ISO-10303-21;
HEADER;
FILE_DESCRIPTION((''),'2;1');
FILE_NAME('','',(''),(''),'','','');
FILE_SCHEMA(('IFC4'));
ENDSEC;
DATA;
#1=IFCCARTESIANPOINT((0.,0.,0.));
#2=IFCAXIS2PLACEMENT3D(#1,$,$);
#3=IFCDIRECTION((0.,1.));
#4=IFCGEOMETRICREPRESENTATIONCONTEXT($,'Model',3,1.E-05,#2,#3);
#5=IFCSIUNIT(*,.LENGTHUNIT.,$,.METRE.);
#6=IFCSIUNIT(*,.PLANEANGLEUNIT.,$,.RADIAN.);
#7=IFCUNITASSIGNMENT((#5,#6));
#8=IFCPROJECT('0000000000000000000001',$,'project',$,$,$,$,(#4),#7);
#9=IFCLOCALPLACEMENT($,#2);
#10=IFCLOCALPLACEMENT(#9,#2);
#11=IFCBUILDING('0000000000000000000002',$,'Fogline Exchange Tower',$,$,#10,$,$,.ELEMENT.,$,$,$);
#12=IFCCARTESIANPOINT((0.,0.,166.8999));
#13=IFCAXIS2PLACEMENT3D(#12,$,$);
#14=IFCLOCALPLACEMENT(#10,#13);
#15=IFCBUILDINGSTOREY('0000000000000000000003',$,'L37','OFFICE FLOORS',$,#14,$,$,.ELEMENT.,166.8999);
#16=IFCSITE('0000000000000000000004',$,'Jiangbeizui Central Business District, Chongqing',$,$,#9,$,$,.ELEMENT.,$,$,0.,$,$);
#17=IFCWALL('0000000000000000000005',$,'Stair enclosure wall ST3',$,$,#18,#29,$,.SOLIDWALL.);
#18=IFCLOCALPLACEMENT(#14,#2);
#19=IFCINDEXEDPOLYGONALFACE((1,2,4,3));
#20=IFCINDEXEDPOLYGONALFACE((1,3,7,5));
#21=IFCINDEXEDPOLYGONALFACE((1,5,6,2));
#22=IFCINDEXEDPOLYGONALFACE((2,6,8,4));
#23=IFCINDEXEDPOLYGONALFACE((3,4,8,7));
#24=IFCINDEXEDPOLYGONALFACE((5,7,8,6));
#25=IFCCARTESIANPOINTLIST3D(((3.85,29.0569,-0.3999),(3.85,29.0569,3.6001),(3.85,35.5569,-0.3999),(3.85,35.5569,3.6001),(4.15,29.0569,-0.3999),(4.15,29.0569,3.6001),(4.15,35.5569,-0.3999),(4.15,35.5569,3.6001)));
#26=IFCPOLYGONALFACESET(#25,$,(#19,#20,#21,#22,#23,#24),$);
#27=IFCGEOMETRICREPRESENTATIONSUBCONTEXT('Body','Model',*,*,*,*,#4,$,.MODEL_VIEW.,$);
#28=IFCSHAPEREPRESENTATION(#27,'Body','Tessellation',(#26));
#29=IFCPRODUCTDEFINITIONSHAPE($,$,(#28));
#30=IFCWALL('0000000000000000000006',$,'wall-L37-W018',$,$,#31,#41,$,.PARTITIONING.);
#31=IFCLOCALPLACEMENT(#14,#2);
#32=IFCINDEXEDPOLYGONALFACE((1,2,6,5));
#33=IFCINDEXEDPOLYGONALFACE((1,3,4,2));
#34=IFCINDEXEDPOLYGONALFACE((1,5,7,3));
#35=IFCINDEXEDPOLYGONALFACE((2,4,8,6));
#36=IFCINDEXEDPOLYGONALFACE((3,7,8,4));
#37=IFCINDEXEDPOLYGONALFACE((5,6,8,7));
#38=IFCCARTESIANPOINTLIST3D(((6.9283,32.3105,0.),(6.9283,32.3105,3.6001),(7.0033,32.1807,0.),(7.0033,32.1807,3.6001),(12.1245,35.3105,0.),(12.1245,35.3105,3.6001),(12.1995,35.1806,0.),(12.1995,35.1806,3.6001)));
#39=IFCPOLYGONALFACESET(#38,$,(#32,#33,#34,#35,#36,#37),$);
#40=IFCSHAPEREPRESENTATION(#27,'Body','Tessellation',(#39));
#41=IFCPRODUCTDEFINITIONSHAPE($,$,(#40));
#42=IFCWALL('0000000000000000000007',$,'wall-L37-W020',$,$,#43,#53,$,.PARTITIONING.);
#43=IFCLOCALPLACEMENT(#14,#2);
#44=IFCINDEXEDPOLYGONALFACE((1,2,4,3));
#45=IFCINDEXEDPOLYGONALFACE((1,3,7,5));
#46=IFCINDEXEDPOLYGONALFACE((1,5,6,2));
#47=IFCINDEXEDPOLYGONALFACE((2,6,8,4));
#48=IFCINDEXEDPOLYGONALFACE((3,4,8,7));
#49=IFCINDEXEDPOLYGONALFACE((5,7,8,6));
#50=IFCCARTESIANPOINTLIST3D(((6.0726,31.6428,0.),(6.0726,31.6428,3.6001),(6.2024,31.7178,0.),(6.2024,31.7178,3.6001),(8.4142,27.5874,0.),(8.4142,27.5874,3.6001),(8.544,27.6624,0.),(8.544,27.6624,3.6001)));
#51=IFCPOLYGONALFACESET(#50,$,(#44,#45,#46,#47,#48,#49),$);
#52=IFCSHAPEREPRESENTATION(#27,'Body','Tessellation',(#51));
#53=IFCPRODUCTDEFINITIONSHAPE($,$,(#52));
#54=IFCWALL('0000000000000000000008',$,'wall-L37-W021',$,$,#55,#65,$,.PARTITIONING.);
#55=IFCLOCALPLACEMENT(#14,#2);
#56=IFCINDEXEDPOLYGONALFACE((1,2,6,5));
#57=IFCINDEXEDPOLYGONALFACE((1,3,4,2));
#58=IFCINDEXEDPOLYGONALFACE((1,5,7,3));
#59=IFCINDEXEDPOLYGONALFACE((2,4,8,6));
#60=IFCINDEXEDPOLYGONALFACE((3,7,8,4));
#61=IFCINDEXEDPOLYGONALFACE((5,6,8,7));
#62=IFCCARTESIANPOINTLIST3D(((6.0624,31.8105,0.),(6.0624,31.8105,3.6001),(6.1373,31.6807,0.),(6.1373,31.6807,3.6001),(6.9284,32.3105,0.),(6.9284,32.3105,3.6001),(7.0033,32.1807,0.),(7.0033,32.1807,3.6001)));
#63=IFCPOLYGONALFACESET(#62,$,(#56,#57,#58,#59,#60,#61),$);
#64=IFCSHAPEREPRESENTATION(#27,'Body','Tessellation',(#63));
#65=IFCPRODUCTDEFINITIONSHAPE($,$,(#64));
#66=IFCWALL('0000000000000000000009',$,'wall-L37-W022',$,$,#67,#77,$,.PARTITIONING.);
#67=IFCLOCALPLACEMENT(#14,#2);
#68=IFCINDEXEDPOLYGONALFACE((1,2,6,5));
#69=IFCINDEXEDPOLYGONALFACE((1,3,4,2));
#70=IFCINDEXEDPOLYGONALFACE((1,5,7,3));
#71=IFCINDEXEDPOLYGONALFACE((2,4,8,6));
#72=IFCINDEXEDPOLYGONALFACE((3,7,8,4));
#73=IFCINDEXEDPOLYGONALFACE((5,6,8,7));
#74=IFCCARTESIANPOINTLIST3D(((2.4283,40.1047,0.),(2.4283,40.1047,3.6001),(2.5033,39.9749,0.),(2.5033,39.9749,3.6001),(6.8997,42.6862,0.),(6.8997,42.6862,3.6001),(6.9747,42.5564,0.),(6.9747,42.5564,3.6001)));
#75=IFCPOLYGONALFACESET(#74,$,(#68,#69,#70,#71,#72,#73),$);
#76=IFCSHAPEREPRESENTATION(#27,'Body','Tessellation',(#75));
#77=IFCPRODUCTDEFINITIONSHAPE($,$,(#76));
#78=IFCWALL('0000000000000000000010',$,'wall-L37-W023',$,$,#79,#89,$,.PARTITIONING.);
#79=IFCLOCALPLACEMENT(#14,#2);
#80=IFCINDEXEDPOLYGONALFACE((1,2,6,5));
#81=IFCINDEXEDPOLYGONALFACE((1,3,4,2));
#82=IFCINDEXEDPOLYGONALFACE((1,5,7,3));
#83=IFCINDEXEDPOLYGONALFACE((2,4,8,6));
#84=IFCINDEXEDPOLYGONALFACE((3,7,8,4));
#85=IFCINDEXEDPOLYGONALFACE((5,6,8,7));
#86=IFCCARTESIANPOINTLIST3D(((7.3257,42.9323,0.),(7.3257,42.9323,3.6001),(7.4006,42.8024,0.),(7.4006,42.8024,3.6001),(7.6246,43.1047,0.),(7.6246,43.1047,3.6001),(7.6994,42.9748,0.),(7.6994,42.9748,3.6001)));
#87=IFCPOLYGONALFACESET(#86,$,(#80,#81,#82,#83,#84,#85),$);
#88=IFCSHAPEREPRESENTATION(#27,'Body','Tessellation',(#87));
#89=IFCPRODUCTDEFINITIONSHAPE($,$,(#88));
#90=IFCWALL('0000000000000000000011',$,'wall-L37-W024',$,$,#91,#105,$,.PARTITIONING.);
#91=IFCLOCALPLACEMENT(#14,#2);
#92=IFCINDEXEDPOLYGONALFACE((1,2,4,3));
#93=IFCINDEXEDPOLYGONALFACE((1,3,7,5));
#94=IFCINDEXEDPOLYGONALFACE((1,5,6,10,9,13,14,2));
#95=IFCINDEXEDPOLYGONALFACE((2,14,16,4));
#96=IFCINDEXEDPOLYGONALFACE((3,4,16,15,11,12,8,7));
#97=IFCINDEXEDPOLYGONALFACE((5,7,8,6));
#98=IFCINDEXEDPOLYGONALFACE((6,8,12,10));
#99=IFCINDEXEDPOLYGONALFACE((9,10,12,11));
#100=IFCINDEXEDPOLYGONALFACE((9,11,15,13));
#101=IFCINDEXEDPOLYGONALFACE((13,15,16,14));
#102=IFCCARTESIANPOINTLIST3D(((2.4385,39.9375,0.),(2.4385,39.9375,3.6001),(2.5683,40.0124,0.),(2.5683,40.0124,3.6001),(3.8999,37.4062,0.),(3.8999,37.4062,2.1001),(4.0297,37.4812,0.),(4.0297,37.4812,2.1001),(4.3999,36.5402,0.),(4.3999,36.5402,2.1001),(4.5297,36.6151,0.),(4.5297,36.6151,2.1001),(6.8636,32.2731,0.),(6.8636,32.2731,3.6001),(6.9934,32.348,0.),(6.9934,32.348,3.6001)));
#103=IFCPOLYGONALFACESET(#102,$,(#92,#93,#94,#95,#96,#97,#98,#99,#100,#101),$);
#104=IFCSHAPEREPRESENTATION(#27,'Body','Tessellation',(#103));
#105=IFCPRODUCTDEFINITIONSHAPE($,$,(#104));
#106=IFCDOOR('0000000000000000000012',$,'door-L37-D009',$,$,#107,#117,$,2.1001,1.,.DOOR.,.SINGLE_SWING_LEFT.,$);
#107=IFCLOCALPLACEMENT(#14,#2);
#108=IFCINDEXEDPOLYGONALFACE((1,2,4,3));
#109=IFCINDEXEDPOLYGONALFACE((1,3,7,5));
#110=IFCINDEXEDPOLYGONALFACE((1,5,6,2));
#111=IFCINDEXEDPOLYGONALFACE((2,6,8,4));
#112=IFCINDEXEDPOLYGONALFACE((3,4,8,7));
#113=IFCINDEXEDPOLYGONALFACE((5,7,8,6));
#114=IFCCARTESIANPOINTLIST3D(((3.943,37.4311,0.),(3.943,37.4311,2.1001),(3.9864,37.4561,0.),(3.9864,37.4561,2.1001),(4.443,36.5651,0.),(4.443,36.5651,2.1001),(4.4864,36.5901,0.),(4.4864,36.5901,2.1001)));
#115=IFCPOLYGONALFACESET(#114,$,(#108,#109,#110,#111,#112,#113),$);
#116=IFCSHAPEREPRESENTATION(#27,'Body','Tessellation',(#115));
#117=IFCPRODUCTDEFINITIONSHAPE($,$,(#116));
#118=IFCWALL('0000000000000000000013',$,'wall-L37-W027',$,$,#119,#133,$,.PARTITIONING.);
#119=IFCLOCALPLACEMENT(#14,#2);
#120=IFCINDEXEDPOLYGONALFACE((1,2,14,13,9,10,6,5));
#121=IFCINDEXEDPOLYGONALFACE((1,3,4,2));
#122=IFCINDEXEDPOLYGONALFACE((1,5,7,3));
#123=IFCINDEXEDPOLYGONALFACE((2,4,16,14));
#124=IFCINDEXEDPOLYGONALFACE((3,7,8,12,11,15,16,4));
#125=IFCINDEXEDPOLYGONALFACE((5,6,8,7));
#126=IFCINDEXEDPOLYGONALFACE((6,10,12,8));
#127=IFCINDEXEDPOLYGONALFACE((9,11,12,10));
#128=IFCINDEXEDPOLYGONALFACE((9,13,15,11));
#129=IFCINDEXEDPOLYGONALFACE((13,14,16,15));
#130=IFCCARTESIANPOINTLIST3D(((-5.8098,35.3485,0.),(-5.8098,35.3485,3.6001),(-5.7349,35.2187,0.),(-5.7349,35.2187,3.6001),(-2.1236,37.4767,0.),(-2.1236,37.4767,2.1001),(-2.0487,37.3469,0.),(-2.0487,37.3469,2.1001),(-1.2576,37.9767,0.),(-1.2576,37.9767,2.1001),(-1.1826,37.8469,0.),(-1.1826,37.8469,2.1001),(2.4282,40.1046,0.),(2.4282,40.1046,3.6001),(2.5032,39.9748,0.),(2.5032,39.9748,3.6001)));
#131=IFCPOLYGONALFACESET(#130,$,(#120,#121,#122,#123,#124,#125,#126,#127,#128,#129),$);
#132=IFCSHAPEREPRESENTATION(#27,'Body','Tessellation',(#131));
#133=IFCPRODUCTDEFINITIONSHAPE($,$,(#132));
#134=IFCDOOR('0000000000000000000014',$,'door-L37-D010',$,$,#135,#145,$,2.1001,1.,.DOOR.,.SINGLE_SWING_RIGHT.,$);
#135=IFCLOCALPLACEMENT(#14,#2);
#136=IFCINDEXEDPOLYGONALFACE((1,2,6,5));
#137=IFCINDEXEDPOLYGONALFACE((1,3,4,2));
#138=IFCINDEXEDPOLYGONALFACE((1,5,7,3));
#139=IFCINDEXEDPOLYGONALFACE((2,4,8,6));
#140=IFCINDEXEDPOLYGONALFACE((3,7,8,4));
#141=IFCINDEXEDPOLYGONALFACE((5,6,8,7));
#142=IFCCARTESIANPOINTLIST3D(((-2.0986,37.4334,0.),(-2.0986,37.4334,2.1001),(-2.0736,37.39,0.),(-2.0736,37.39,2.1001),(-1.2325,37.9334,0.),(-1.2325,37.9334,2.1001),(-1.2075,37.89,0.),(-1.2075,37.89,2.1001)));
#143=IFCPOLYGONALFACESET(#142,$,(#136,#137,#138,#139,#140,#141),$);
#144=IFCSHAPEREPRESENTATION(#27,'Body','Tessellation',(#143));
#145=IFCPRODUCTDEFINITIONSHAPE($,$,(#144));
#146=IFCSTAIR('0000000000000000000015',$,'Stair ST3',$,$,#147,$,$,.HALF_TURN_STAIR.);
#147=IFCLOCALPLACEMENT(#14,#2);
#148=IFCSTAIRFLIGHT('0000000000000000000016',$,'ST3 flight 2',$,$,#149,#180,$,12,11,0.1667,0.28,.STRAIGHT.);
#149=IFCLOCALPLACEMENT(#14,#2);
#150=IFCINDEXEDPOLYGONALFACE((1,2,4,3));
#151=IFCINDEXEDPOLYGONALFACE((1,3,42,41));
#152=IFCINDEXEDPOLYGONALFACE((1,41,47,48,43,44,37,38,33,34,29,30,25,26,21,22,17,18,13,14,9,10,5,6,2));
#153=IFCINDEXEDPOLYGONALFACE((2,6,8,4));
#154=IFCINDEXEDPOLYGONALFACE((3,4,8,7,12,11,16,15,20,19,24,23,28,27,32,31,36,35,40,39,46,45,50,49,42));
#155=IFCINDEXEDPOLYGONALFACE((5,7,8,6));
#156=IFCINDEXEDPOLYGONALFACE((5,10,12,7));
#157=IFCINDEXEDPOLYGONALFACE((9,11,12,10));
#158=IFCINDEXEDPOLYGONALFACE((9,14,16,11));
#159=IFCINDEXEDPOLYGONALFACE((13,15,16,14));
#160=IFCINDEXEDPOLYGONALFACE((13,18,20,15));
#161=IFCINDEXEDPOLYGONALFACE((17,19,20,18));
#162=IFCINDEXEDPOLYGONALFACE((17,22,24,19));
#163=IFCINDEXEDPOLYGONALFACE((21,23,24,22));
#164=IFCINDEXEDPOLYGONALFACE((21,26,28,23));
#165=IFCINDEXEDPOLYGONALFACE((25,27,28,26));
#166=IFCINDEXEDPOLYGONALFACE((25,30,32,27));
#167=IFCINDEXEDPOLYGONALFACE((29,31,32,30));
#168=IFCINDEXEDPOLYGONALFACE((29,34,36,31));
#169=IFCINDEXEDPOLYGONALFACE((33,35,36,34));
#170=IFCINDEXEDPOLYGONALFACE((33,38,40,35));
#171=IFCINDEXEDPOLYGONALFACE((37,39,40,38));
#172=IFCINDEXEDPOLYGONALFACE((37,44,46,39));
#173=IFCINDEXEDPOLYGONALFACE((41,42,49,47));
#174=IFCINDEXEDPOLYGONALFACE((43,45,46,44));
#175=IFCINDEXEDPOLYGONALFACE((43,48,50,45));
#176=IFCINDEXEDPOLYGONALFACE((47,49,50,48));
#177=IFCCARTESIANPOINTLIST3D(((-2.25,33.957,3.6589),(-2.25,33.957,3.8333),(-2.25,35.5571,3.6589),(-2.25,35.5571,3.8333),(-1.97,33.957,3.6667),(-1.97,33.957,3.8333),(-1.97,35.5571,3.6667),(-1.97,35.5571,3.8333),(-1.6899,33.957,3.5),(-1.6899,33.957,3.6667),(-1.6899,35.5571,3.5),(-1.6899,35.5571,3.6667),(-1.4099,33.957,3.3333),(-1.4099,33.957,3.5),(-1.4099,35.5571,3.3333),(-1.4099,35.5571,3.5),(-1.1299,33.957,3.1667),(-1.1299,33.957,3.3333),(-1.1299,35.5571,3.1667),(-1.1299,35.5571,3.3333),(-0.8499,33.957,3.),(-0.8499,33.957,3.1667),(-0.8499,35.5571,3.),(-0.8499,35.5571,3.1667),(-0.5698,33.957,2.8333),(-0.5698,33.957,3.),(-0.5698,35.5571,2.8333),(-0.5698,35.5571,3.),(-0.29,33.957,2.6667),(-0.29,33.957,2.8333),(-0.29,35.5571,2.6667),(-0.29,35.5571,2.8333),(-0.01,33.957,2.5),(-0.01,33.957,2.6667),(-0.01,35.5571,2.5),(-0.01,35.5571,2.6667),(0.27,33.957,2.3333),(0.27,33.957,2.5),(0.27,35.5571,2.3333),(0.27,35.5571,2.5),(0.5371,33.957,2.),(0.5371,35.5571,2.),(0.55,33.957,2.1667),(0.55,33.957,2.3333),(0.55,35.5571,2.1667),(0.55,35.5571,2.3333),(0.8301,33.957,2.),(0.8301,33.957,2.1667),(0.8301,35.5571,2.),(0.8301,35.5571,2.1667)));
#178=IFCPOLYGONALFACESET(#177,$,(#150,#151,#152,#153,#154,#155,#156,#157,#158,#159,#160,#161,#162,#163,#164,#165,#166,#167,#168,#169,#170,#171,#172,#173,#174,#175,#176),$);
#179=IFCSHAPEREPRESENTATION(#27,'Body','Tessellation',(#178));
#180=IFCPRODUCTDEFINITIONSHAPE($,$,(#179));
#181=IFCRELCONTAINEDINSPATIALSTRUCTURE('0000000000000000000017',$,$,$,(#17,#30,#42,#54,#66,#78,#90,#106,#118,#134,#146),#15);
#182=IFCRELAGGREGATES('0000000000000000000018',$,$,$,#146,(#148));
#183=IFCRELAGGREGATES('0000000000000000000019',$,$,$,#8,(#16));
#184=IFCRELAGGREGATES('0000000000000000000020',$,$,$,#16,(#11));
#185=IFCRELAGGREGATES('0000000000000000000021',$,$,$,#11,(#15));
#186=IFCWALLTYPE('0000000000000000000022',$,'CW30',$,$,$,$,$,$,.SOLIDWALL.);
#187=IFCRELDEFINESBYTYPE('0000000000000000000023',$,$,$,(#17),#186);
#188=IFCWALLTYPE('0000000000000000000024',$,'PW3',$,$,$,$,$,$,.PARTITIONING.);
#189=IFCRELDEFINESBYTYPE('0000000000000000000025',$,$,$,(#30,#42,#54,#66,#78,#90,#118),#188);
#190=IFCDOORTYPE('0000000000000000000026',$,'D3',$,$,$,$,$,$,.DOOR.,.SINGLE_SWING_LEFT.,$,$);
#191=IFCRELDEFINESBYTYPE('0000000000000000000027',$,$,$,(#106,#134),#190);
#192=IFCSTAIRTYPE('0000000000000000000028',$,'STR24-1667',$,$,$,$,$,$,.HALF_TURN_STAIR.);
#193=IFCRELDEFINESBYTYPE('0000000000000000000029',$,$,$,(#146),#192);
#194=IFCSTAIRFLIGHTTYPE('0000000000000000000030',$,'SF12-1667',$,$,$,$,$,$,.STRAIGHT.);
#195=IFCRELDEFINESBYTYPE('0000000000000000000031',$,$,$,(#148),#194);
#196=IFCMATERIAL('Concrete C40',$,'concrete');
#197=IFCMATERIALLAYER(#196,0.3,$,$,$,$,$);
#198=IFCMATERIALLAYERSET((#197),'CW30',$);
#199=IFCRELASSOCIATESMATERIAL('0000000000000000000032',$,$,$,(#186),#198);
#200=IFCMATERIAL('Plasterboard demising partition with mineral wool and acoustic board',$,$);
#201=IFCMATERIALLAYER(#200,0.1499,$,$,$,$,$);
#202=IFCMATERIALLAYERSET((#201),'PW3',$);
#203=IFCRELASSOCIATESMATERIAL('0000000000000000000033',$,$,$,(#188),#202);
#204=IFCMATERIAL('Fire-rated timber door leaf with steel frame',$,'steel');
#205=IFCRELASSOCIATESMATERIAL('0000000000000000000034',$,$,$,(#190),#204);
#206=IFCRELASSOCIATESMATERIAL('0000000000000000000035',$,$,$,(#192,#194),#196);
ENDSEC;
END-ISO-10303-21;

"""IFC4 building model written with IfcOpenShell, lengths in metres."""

from ifc_helpers import new_model, si_unit, direction, frame, frame_2d, origin, place, context, subcontext, project, spatial, polyline, rectangle, outline, extrude, material, layer, layer_set, type_object, element, fill, aggregate, save


model = new_model("IFC4")

# Units and contexts
model_context = context("Model", 3, precision=1e-05, world=origin(), true_north=direction((0.0, 1.0)))
body_context = subcontext(model_context, "Body", "Model", "MODEL_VIEW")
ifc_project = project(units=[si_unit("LENGTHUNIT", "METRE"), si_unit("PLANEANGLEUNIT", "RADIAN")], contexts=[model_context])

# Site, building, storey
site_placement = place(None, origin())
site = spatial("IfcSite", under=ifc_project, at=site_placement, Name="Jiangbeizui Central Business District, Chongqing", CompositionType="ELEMENT", RefElevation=0.0)
building_placement = place(site_placement, origin())
building = spatial("IfcBuilding", under=site, at=building_placement, Name="Fogline Exchange Tower", CompositionType="ELEMENT")
storey_placement = place(building_placement, frame((0.0, 0.0, 166.8999)))
storey = spatial("IfcBuildingStorey", under=building, at=storey_placement, Name="L37", Description="OFFICE FLOORS", CompositionType="ELEMENT", Elevation=166.8999)

# Shared definitions
ifc_material_1 = material(Name="Concrete C40", Category="concrete")

# Wall
ifc_layer_1 = layer(ifc_material_1, 0.3)
ifc_layer_set_1 = layer_set([ifc_layer_1], Name="CW30")
wall_type_1 = type_object("IfcWallType", Name="CW30", PredefinedType="SOLIDWALL", material=ifc_layer_set_1)
wall_1_placement = place(storey_placement, frame((4.0, 29.0569, -0.3999), z_axis=(0.0, 0.0, 1.0), x_axis=(0.0, 1.0, 0.0)))
element("IfcWall", 1, at=wall_1_placement, inside=storey, type_object=wall_type_1, Name="Stair enclosure wall ST3", PredefinedType="SOLIDWALL", context=body_context, shape_type="SweptSolid", body=[
    extrude(rectangle(XDim=6.5, YDim=0.3, at=frame_2d((3.25, 0.0))), origin(), (0.0, 0.0, 1.0), 4.0),
])

# Walls
ifc_material_2 = material(Name="Plasterboard demising partition with mineral wool and acoustic board")
ifc_layer_2 = layer(ifc_material_2, 0.1499)
ifc_layer_set_2 = layer_set([ifc_layer_2], Name="PW3")
wall_type_2 = type_object("IfcWallType", Name="PW3", PredefinedType="PARTITIONING", material=ifc_layer_set_2)
wall_2_placement = place(storey_placement, frame((6.9658, 32.2456, 0.0), z_axis=(0.0, 0.0, 1.0), x_axis=(0.866031, 0.49999, 0.0)))
element("IfcWall", 2, at=wall_2_placement, inside=storey, type_object=wall_type_2, Name="wall-L37-W018", PredefinedType="PARTITIONING", context=body_context, shape_type="SweptSolid", body=[
    extrude(rectangle(XDim=6.0, YDim=0.1499, at=frame_2d((3.0, 0.0))), origin(), (0.0, 0.0, 1.0), 3.6001),
])
wall_3_placement = place(storey_placement, frame((8.479, 27.625, 0.0), z_axis=(0.0, 0.0, 1.0), x_axis=(-0.500025, 0.866011, 0.0)))
element("IfcWall", 3, at=wall_3_placement, inside=storey, type_object=wall_type_2, Name="wall-L37-W020", PredefinedType="PARTITIONING", context=body_context, shape_type="SweptSolid", body=[
    extrude(rectangle(XDim=4.6829, YDim=0.1499, at=frame_2d((2.3413, 0.0))), origin(), (0.0, 0.0, 1.0), 3.6001),
])
wall_4_placement = place(storey_placement, frame((6.0999, 31.7456, 0.0), z_axis=(0.0, 0.0, 1.0), x_axis=(0.866011, 0.500025, 0.0)))
element("IfcWall", 4, at=wall_4_placement, inside=storey, type_object=wall_type_2, Name="wall-L37-W021", PredefinedType="PARTITIONING", context=body_context, shape_type="SweptSolid", body=[
    extrude(rectangle(XDim=1.0, YDim=0.1499, at=frame_2d((0.5, 0.0))), origin(), (0.0, 0.0, 1.0), 3.6001),
])
wall_5_placement = place(storey_placement, frame((2.4658, 40.0398, 0.0), z_axis=(0.0, 0.0, 1.0), x_axis=(0.866029, 0.499994, 0.0)))
element("IfcWall", 5, at=wall_5_placement, inside=storey, type_object=wall_type_2, Name="wall-L37-W022", PredefinedType="PARTITIONING", context=body_context, shape_type="SweptSolid", body=[
    extrude(rectangle(XDim=5.1631, YDim=0.1499, at=frame_2d((2.5815, 0.0))), origin(), (0.0, 0.0, 1.0), 3.6001),
])
wall_6_placement = place(storey_placement, frame((7.3633, 42.8674, 0.0), z_axis=(0.0, 0.0, 1.0), x_axis=(0.866233, 0.499641, 0.0)))
element("IfcWall", 6, at=wall_6_placement, inside=storey, type_object=wall_type_2, Name="wall-L37-W023", PredefinedType="PARTITIONING", context=body_context, shape_type="SweptSolid", body=[
    extrude(rectangle(XDim=0.345, YDim=0.1499, at=frame_2d((0.1724, 0.0))), origin(), (0.0, 0.0, 1.0), 3.6001),
])

# Walls, openings, doors
wall_7_placement = place(storey_placement, frame((6.9285, 32.3105, 0.0), z_axis=(0.0, 0.0, 1.0), x_axis=(-0.500005, 0.866023, 0.0)))
wall_7 = element("IfcWall", 7, at=wall_7_placement, inside=storey, type_object=wall_type_2, Name="wall-L37-W024", PredefinedType="PARTITIONING", context=body_context, shape_type="SweptSolid", body=[
    extrude(rectangle(XDim=8.8501, YDim=0.1499, at=frame_2d((4.425, 0.0))), origin(), (0.0, 0.0, 1.0), 3.6001),
])
opening_1_placement = place(wall_7_placement, frame((4.9272, 0.0, 0.0)))
opening_1 = element("IfcOpeningElement", 8, at=opening_1_placement, cuts=wall_7, PredefinedType="OPENING", context=body_context, shape_type="SweptSolid", body=[
    extrude(rectangle(XDim=1.0, YDim=2.1001, at=frame_2d((0.5, 1.05))), frame((0.0, 0.085, 0.0), z_axis=(0.0, -1.0, 0.0), x_axis=(1.0, 0.0, 0.0)), (0.0, 0.0, 1.0), 0.1699),
])
ifc_material_3 = material(Name="Fire-rated timber door leaf with steel frame", Category="steel")
door_type_1 = type_object("IfcDoorType", Name="D3", OperationType="SINGLE_SWING_LEFT", PredefinedType="DOOR", material=ifc_material_3)
door_1_placement = place(opening_1_placement, frame((1.0, 0.0, 0.0), z_axis=(0.0, 0.0, 1.0), x_axis=(-1.0, 0.0, 0.0)))
door_1 = element("IfcDoor", 9, at=door_1_placement, inside=storey, type_object=door_type_1, Name="door-L37-D009", OperationType="SINGLE_SWING_LEFT", OverallHeight=2.1001, OverallWidth=1.0, PredefinedType="DOOR", context=body_context, shape_type="SweptSolid", body=[
    extrude(rectangle(XDim=1.0, YDim=2.1001, at=frame_2d((0.5, 1.05))), frame((0.0, 0.0249, 0.0), z_axis=(0.0, -1.0, 0.0), x_axis=(1.0, 0.0, 0.0)), (0.0, 0.0, 1.0), 0.05),
])
fill(opening_1, door_1)
wall_8_placement = place(storey_placement, frame((2.4658, 40.0398, 0.0), z_axis=(0.0, 0.0, 1.0), x_axis=(-0.866031, -0.49999, 0.0)))
wall_8 = element("IfcWall", 10, at=wall_8_placement, inside=storey, type_object=wall_type_2, Name="wall-L37-W027", PredefinedType="PARTITIONING", context=body_context, shape_type="SweptSolid", body=[
    extrude(rectangle(XDim=9.5125, YDim=0.1499, at=frame_2d((4.7563, 0.0))), origin(), (0.0, 0.0, 1.0), 3.6001),
])
opening_2_placement = place(wall_8_placement, frame((4.2561, 0.0, 0.0)))
opening_2 = element("IfcOpeningElement", 11, at=opening_2_placement, cuts=wall_8, PredefinedType="OPENING", context=body_context, shape_type="SweptSolid", body=[
    extrude(rectangle(XDim=1.0, YDim=2.1001, at=frame_2d((0.5, 1.05))), frame((0.0, 0.085, 0.0), z_axis=(0.0, -1.0, 0.0), x_axis=(1.0, 0.0, 0.0)), (0.0, 0.0, 1.0), 0.1699),
])
door_2_placement = place(opening_2_placement, frame((1.0, 0.0, 0.0), z_axis=(0.0, 0.0, 1.0), x_axis=(-1.0, 0.0, 0.0)))
door_2 = element("IfcDoor", 12, at=door_2_placement, inside=storey, type_object=door_type_1, Name="door-L37-D010", OperationType="SINGLE_SWING_RIGHT", OverallHeight=2.1001, OverallWidth=1.0, PredefinedType="DOOR", context=body_context, shape_type="SweptSolid", body=[
    extrude(rectangle(XDim=1.0, YDim=2.1001, at=frame_2d((0.5, 1.05))), frame((0.0, 0.0249, 0.0), z_axis=(0.0, -1.0, 0.0), x_axis=(1.0, 0.0, 0.0)), (0.0, 0.0, 1.0), 0.05),
])
fill(opening_2, door_2)

# Stair, stair flight
stair_type = type_object("IfcStairType", Name="STR24-1667", PredefinedType="HALF_TURN_STAIR", material=ifc_material_1)
stair_placement = place(storey_placement, origin())
stair = element("IfcStair", 13, at=stair_placement, inside=storey, type_object=stair_type, Name="Stair ST3", PredefinedType="HALF_TURN_STAIR")
stair_flight_type = type_object("IfcStairFlightType", Name="SF12-1667", PredefinedType="STRAIGHT", material=ifc_material_1)
stair_flight_placement = place(storey_placement, frame((0.8301, 34.7571, 2.0), z_axis=(0.0, 0.0, 1.0), x_axis=(-1.0, 0.0, 0.0)))
stair_flight = element("IfcStairFlight", 14, at=stair_flight_placement, type_object=stair_flight_type, Name="ST3 flight 2", NumberOfRisers=12, NumberOfTreads=11, PredefinedType="STRAIGHT", RiserHeight=0.1667, TreadLength=0.28, context=body_context, shape_type="SweptSolid", body=[
    extrude(outline(polyline([(0.0, 0.0), (0.0, 0.1667), (0.28, 0.1667), (0.28, 0.3333), (0.5601, 0.3333), (0.5601, 0.5), (0.8401, 0.5), (0.8401, 0.6667), (1.1201, 0.6667), (1.1201, 0.8333), (1.3999, 0.8333), (1.3999, 1.0), (1.6799, 1.0), (1.6799, 1.1667), (1.96, 1.1667), (1.96, 1.3333), (2.24, 1.3333), (2.24, 1.5), (2.52, 1.5), (2.52, 1.6667), (2.8, 1.6667), (2.8, 1.8333), (3.0801, 1.8333), (3.0801, 2.0), (3.0801, 1.6589), (0.293, 0.0), (0.0, 0.0)])), frame((0.0, 0.8, 0.0), z_axis=(0.0, -1.0, 0.0), x_axis=(1.0, 0.0, 0.0)), (0.0, 0.0, 1.0), 1.6001),
])
aggregate(stair, [stair_flight])

save(model, "model.ifc")
